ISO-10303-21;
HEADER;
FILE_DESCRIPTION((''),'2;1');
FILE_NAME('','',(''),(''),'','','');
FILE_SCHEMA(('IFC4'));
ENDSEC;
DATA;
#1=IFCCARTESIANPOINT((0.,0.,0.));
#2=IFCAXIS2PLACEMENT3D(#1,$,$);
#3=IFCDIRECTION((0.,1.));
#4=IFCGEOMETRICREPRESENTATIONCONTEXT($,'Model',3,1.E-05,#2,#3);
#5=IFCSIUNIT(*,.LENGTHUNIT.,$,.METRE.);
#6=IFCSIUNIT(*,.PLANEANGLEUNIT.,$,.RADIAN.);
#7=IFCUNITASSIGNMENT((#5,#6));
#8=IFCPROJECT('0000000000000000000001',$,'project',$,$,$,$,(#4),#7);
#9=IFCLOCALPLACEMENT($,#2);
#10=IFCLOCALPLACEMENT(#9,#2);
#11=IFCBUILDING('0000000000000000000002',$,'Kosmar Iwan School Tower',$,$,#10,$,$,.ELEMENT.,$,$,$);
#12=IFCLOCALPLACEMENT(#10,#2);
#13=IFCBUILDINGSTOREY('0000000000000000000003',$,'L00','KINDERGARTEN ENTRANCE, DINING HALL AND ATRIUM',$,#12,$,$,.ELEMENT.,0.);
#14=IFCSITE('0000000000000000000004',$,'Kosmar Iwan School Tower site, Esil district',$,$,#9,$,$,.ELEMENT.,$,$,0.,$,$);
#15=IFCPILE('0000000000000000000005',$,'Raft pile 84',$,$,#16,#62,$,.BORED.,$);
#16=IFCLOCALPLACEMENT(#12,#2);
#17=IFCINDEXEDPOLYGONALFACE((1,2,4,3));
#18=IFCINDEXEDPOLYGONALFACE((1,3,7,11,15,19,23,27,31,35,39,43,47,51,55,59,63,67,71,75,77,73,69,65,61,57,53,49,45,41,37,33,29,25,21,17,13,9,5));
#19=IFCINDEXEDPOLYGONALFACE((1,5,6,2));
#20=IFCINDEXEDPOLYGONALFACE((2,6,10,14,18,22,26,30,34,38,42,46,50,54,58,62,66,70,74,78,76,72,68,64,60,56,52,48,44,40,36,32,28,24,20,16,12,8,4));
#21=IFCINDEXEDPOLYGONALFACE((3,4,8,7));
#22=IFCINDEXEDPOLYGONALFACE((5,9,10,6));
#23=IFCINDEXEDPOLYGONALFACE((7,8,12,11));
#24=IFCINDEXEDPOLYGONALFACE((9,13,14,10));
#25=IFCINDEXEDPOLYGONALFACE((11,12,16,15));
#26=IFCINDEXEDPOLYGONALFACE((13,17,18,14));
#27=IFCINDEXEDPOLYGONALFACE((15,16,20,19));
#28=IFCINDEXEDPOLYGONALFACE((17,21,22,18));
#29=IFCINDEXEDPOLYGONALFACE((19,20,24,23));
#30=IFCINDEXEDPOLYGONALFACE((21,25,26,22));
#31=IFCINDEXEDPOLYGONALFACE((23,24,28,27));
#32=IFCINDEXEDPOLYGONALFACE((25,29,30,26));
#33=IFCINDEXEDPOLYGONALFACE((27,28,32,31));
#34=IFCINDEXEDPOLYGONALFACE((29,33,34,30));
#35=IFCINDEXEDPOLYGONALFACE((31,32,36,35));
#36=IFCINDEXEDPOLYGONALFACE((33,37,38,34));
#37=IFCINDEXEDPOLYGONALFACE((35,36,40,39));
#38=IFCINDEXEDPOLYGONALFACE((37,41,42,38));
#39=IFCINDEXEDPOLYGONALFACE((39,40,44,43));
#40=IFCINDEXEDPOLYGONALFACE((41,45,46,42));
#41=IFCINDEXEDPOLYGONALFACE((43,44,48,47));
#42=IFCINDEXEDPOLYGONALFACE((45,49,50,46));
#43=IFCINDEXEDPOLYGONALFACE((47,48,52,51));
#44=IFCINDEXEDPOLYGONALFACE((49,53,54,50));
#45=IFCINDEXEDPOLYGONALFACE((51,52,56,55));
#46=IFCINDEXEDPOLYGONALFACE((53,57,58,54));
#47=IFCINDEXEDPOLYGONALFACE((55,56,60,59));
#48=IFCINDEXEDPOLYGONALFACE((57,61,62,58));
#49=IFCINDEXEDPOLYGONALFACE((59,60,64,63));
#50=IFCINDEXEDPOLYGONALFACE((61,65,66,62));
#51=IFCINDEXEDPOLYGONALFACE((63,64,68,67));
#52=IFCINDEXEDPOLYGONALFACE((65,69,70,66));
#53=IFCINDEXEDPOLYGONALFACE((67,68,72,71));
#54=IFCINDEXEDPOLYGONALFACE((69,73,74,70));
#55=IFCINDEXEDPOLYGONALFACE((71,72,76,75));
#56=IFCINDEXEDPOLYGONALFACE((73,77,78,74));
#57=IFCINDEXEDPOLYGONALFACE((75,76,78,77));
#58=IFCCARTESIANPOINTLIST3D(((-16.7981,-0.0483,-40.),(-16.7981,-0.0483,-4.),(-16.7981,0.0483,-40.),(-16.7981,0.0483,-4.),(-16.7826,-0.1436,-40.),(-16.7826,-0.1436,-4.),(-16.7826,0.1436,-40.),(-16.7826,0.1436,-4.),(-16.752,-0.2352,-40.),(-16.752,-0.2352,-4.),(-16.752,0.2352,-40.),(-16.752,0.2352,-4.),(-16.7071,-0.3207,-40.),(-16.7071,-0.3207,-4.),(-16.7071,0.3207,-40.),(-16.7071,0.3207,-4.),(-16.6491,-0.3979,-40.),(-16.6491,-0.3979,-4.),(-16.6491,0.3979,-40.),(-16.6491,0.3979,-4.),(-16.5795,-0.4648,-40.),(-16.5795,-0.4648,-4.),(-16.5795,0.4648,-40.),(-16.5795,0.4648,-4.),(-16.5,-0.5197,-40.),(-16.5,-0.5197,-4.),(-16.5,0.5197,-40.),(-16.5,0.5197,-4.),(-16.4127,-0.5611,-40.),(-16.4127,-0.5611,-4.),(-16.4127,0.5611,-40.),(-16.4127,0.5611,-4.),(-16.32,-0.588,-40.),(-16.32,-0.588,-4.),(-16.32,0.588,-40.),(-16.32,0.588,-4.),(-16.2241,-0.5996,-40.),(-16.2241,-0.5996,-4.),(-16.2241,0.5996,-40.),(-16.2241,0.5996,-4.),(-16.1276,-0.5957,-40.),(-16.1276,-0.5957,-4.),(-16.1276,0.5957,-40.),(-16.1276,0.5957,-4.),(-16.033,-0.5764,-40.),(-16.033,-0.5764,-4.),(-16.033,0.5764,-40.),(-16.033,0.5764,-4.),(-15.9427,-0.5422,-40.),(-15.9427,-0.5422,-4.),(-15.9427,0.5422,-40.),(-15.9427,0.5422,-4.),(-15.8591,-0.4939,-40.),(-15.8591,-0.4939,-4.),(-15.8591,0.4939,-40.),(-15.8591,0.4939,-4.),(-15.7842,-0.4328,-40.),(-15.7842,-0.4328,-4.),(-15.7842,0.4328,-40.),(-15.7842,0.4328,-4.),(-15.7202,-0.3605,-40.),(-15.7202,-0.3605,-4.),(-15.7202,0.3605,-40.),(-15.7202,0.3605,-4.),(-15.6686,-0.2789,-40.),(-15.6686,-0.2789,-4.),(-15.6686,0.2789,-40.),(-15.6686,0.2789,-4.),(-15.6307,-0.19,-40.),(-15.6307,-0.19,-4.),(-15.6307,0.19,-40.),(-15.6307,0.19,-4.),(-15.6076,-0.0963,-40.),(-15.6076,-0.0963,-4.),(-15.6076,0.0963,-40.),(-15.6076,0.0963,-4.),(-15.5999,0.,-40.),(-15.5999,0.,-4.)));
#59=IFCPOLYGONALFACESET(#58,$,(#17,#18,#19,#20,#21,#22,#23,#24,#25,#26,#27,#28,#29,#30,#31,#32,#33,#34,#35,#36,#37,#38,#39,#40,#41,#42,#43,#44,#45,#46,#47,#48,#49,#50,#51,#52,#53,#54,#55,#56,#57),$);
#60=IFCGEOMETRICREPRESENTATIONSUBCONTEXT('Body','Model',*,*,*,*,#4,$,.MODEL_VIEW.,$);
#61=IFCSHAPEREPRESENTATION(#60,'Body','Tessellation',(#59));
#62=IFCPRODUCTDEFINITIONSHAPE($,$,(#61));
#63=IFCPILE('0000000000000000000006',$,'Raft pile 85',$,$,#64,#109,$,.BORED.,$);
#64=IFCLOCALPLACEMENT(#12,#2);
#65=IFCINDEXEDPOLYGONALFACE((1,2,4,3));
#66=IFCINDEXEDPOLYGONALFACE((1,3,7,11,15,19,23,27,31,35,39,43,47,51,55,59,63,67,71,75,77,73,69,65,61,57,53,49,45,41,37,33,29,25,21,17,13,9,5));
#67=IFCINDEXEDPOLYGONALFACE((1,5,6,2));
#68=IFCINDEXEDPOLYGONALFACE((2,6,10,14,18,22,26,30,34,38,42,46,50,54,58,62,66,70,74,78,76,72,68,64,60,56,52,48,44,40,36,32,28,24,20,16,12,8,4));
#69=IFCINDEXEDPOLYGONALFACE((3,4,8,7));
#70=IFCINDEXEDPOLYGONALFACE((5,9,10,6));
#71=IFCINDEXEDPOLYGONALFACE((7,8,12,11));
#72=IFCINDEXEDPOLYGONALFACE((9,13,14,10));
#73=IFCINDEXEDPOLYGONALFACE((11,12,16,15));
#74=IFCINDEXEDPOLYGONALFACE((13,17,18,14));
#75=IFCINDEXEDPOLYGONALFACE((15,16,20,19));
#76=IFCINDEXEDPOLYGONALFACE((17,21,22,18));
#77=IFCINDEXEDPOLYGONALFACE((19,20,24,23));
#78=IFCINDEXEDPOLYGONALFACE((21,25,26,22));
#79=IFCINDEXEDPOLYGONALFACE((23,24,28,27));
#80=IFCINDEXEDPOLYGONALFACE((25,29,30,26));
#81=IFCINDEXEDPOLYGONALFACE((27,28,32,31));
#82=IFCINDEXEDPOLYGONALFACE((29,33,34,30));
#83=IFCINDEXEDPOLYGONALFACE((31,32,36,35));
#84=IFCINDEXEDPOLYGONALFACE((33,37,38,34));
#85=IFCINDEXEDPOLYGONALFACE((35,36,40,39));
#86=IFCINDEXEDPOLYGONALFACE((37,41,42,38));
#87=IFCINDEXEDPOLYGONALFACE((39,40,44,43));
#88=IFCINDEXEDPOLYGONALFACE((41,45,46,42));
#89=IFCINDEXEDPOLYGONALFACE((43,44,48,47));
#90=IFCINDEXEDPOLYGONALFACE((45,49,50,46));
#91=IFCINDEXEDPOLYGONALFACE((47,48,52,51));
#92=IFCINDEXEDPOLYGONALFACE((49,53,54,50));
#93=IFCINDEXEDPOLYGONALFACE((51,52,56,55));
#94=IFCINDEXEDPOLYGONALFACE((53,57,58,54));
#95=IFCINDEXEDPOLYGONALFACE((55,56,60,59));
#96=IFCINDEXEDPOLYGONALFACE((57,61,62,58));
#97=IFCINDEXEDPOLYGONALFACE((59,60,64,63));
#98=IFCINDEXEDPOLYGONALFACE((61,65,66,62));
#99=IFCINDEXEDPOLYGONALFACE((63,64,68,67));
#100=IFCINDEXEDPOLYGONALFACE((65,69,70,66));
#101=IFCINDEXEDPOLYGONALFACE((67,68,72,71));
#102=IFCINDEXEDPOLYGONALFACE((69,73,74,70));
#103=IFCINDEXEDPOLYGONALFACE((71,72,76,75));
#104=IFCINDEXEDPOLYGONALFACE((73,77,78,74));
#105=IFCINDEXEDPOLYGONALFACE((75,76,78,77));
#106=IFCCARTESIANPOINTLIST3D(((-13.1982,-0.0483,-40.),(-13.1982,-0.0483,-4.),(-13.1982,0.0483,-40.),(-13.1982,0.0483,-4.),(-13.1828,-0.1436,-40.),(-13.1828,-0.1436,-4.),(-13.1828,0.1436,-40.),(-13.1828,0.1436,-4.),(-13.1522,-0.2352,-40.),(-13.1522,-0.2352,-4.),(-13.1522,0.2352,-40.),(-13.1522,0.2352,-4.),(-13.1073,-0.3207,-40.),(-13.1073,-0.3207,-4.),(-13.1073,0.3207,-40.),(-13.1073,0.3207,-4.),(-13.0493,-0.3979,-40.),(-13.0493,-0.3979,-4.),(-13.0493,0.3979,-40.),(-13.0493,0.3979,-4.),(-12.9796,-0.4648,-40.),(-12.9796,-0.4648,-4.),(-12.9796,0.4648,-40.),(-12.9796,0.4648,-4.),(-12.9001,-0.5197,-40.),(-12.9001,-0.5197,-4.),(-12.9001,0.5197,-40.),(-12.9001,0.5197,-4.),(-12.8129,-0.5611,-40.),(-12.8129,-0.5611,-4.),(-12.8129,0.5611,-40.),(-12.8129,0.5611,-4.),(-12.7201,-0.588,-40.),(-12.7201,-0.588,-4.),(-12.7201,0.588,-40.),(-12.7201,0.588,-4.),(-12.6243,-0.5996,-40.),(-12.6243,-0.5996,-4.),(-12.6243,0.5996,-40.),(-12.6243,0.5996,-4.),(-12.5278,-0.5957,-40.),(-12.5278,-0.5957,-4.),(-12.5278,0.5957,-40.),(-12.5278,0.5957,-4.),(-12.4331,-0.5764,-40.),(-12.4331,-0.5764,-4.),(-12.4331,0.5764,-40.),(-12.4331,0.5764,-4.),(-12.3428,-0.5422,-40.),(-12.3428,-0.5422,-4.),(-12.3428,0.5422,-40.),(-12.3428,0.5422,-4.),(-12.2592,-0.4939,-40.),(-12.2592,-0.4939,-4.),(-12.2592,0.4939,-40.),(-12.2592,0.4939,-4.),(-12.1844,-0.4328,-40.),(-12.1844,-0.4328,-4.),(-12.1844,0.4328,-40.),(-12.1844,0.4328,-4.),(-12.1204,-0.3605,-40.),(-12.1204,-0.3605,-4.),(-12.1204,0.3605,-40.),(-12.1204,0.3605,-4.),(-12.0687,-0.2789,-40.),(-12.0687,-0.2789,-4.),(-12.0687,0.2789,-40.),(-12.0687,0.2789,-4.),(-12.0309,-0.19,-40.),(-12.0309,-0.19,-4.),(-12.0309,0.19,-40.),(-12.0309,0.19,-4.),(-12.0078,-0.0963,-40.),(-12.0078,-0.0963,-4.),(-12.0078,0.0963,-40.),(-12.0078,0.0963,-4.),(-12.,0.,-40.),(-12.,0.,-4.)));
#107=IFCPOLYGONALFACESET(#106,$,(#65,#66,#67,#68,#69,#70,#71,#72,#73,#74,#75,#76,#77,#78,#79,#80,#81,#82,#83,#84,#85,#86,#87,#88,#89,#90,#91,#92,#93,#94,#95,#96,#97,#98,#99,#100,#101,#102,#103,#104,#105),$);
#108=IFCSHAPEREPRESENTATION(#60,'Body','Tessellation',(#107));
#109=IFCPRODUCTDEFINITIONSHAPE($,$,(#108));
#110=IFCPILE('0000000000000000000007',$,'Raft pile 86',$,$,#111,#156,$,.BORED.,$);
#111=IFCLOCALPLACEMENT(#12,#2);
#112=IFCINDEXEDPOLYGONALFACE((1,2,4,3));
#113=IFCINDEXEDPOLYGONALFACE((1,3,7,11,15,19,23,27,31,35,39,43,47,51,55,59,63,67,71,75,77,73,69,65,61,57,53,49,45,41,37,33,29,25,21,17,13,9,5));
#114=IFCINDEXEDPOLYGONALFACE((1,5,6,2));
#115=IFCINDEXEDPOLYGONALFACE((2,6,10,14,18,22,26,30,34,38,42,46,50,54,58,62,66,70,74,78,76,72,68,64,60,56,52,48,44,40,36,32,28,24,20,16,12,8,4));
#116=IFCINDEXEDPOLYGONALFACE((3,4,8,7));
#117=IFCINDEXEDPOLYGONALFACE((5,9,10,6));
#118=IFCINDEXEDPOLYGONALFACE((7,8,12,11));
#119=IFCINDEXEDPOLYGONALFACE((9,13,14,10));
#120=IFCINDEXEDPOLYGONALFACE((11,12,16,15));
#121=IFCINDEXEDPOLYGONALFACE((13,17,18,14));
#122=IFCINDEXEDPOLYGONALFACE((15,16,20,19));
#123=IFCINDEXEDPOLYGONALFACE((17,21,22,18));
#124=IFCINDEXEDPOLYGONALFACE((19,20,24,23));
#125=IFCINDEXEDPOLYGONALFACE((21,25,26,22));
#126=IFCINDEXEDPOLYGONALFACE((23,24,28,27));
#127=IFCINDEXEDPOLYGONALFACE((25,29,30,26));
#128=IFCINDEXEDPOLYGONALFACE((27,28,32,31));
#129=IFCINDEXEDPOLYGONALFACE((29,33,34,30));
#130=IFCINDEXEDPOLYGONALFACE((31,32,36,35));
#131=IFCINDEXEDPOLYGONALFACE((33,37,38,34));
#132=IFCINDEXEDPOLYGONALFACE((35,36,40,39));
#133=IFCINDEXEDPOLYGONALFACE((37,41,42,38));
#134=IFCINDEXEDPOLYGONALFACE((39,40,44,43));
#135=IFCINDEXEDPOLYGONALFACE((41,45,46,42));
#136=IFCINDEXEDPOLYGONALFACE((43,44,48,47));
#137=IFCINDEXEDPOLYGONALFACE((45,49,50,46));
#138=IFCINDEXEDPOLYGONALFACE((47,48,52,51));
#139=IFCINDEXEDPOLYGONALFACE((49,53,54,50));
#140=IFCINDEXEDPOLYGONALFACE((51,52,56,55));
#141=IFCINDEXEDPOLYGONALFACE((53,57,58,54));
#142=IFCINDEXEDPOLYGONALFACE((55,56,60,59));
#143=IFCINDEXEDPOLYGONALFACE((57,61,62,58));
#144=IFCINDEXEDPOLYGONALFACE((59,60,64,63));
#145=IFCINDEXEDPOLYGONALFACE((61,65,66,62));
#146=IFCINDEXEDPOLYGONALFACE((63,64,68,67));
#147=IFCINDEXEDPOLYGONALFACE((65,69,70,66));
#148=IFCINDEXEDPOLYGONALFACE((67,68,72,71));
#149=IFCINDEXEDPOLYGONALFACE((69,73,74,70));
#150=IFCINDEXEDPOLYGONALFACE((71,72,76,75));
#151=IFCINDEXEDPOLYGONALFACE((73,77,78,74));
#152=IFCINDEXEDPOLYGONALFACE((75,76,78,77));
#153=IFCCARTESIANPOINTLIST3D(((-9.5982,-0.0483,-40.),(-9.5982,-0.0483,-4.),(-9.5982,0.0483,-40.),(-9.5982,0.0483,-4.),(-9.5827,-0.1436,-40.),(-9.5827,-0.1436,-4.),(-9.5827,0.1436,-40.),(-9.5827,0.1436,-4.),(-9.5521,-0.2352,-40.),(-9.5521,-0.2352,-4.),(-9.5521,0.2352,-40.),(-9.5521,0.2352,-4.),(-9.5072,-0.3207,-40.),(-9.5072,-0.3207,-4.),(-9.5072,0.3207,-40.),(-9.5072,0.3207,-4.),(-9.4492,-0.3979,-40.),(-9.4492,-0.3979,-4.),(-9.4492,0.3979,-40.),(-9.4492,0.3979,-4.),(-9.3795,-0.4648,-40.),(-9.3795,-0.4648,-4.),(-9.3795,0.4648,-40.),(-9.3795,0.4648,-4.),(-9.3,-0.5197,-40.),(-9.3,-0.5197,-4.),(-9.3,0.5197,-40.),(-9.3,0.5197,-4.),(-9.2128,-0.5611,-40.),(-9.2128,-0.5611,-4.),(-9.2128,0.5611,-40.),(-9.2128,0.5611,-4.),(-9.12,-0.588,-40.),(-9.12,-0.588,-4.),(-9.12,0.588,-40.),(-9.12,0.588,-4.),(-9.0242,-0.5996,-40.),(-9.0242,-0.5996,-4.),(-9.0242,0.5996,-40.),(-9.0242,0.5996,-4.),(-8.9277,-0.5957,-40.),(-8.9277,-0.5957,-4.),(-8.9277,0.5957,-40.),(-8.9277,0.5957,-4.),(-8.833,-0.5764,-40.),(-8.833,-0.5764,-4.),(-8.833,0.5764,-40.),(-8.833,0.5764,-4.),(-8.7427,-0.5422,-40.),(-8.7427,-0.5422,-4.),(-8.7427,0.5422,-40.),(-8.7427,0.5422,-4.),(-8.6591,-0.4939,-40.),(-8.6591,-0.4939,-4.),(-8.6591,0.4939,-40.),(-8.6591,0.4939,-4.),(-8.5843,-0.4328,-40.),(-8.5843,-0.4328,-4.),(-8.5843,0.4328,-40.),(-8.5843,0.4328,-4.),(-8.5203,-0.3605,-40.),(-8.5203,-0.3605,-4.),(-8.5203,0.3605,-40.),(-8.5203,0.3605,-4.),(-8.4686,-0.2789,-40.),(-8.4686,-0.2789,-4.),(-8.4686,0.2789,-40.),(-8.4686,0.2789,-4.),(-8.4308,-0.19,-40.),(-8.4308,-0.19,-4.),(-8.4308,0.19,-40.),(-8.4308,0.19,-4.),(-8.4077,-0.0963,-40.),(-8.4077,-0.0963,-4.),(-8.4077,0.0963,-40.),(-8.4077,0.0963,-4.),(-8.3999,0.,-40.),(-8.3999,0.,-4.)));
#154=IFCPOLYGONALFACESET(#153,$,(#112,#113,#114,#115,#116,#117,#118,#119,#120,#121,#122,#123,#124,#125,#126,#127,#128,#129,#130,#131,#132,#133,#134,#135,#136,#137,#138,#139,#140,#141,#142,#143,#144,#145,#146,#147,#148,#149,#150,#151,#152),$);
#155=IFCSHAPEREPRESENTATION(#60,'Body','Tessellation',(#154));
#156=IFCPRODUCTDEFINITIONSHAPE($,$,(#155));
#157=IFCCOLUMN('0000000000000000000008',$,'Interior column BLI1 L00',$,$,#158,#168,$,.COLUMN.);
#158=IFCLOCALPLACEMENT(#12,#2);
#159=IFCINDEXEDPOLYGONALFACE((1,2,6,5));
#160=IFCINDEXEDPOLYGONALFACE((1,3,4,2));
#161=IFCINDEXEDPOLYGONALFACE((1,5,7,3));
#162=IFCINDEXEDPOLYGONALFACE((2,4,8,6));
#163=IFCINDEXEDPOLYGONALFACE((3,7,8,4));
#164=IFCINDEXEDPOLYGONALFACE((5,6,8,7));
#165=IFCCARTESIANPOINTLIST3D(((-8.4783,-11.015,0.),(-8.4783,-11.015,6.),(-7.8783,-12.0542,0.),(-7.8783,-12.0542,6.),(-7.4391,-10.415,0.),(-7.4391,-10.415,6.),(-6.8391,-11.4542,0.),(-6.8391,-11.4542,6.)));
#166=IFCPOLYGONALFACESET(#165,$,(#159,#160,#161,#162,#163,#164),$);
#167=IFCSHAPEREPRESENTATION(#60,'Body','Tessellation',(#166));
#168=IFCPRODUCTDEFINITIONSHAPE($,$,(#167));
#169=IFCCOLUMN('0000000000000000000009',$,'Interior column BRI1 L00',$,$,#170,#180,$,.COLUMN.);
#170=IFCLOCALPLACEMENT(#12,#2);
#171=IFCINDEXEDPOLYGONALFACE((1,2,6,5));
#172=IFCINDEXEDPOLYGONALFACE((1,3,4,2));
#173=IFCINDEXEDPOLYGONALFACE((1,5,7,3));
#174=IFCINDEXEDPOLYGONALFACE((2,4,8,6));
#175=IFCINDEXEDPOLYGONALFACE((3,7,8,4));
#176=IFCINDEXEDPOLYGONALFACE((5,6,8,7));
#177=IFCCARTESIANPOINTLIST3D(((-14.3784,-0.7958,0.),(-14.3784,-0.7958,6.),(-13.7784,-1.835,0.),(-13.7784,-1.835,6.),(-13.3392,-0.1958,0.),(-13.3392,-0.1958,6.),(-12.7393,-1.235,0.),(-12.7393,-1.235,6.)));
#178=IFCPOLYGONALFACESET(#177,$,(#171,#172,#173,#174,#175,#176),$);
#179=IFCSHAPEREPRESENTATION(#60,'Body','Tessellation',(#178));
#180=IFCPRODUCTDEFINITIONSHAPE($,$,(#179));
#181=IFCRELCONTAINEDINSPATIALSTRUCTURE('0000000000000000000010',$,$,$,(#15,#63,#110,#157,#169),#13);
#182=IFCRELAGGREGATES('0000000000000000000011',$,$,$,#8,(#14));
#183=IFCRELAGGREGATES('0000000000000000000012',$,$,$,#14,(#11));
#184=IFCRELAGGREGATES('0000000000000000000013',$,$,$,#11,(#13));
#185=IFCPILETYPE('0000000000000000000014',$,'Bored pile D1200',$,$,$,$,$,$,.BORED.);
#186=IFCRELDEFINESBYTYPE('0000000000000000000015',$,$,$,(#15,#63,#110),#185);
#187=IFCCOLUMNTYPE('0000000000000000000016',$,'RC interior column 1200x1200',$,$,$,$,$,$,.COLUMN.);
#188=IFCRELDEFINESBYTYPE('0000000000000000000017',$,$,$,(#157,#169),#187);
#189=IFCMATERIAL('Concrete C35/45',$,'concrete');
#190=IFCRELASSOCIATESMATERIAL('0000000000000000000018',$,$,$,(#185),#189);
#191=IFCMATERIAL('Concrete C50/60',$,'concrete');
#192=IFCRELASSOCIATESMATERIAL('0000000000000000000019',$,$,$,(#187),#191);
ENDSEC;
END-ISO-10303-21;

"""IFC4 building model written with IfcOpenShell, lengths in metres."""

from ifc_helpers import new_model, si_unit, direction, frame, origin, origin_2d, place, context, subcontext, project, spatial, rectangle, circle, extrude, material, material_profile, profile_set, type_object, element, save


model = new_model("IFC4")

# Units and contexts
model_context = context("Model", 3, precision=1e-05, world=origin(), true_north=direction((0.0, 1.0)))
body_context = subcontext(model_context, "Body", "Model", "MODEL_VIEW")
ifc_project = project(units=[si_unit("LENGTHUNIT", "METRE"), si_unit("PLANEANGLEUNIT", "RADIAN")], contexts=[model_context])

# Site, building, storey
site_placement = place(None, origin())
site = spatial("IfcSite", under=ifc_project, at=site_placement, Name="Kosmar Iwan School Tower site, Esil district", CompositionType="ELEMENT", RefElevation=0.0)
building_placement = place(site_placement, origin())
building = spatial("IfcBuilding", under=site, at=building_placement, Name="Kosmar Iwan School Tower", CompositionType="ELEMENT")
storey_placement = place(building_placement, origin())
storey = spatial("IfcBuildingStorey", under=building, at=storey_placement, Name="L00", Description="KINDERGARTEN ENTRANCE, DINING HALL AND ATRIUM", CompositionType="ELEMENT", Elevation=0.0)

# Piles
ifc_material_1 = material(Name="Concrete C35/45", Category="concrete")
ifc_material_profile_1 = material_profile(ifc_material_1, circle(Radius=0.6001, at=origin_2d()), Name="D1200")
ifc_profile_set_1 = profile_set([ifc_material_profile_1], Name="Concrete C35/45")
pile_type = type_object("IfcPileType", Name="Bored pile D1200", PredefinedType="BORED", material=ifc_profile_set_1)
for number, where, z_axis, x_axis, name in (
    (1, (-16.2, 0.0, -4.0), (0.0, 0.0, -1.0), (1.0, 0.0, 0.0), "Raft pile 84"),
    (2, (-12.6001, 0.0, -4.0), (0.0, 0.0, -1.0), (1.0, 0.0, 0.0), "Raft pile 85"),
    (3, (-9.0, 0.0, -4.0), (0.0, 0.0, -1.0), (1.0, 0.0, 0.0), "Raft pile 86"),
):
    element("IfcPile", number, at=place(storey_placement, frame(where, z_axis=z_axis, x_axis=x_axis)), inside=storey, type_object=pile_type, Name=name, PredefinedType="BORED", context=body_context, shape_type="SweptSolid", body=[
        extrude(circle(Radius=0.6001, at=origin_2d()), origin(), (0.0, 0.0, 1.0), 36.0),
    ])

# Columns
ifc_material_2 = material(Name="Concrete C50/60", Category="concrete")
ifc_material_profile_2 = material_profile(ifc_material_2, rectangle(XDim=1.2, YDim=1.2, at=origin_2d()), Name="RC 1200x1200")
ifc_profile_set_2 = profile_set([ifc_material_profile_2], Name="Concrete C50/60")
column_type = type_object("IfcColumnType", Name="RC interior column 1200x1200", PredefinedType="COLUMN", material=ifc_profile_set_2)
for number, where, z_axis, x_axis, name in (
    (4, (-7.6587, -11.2346, 0.0), (0.0, 0.0, 1.0), (-0.866025, -0.5, 0.0), "Interior column BLI1 L00"),
    (5, (-13.5588, -1.0154, 0.0), (0.0, 0.0, 1.0), (-0.866025, -0.5, 0.0), "Interior column BRI1 L00"),
):
    element("IfcColumn", number, at=place(storey_placement, frame(where, z_axis=z_axis, x_axis=x_axis)), inside=storey, type_object=column_type, Name=name, PredefinedType="COLUMN", context=body_context, shape_type="SweptSolid", body=[
        extrude(rectangle(XDim=1.2, YDim=1.2, at=origin_2d()), origin(), (0.0, 0.0, 1.0), 6.0),
    ])

save(model, "model.ifc")
